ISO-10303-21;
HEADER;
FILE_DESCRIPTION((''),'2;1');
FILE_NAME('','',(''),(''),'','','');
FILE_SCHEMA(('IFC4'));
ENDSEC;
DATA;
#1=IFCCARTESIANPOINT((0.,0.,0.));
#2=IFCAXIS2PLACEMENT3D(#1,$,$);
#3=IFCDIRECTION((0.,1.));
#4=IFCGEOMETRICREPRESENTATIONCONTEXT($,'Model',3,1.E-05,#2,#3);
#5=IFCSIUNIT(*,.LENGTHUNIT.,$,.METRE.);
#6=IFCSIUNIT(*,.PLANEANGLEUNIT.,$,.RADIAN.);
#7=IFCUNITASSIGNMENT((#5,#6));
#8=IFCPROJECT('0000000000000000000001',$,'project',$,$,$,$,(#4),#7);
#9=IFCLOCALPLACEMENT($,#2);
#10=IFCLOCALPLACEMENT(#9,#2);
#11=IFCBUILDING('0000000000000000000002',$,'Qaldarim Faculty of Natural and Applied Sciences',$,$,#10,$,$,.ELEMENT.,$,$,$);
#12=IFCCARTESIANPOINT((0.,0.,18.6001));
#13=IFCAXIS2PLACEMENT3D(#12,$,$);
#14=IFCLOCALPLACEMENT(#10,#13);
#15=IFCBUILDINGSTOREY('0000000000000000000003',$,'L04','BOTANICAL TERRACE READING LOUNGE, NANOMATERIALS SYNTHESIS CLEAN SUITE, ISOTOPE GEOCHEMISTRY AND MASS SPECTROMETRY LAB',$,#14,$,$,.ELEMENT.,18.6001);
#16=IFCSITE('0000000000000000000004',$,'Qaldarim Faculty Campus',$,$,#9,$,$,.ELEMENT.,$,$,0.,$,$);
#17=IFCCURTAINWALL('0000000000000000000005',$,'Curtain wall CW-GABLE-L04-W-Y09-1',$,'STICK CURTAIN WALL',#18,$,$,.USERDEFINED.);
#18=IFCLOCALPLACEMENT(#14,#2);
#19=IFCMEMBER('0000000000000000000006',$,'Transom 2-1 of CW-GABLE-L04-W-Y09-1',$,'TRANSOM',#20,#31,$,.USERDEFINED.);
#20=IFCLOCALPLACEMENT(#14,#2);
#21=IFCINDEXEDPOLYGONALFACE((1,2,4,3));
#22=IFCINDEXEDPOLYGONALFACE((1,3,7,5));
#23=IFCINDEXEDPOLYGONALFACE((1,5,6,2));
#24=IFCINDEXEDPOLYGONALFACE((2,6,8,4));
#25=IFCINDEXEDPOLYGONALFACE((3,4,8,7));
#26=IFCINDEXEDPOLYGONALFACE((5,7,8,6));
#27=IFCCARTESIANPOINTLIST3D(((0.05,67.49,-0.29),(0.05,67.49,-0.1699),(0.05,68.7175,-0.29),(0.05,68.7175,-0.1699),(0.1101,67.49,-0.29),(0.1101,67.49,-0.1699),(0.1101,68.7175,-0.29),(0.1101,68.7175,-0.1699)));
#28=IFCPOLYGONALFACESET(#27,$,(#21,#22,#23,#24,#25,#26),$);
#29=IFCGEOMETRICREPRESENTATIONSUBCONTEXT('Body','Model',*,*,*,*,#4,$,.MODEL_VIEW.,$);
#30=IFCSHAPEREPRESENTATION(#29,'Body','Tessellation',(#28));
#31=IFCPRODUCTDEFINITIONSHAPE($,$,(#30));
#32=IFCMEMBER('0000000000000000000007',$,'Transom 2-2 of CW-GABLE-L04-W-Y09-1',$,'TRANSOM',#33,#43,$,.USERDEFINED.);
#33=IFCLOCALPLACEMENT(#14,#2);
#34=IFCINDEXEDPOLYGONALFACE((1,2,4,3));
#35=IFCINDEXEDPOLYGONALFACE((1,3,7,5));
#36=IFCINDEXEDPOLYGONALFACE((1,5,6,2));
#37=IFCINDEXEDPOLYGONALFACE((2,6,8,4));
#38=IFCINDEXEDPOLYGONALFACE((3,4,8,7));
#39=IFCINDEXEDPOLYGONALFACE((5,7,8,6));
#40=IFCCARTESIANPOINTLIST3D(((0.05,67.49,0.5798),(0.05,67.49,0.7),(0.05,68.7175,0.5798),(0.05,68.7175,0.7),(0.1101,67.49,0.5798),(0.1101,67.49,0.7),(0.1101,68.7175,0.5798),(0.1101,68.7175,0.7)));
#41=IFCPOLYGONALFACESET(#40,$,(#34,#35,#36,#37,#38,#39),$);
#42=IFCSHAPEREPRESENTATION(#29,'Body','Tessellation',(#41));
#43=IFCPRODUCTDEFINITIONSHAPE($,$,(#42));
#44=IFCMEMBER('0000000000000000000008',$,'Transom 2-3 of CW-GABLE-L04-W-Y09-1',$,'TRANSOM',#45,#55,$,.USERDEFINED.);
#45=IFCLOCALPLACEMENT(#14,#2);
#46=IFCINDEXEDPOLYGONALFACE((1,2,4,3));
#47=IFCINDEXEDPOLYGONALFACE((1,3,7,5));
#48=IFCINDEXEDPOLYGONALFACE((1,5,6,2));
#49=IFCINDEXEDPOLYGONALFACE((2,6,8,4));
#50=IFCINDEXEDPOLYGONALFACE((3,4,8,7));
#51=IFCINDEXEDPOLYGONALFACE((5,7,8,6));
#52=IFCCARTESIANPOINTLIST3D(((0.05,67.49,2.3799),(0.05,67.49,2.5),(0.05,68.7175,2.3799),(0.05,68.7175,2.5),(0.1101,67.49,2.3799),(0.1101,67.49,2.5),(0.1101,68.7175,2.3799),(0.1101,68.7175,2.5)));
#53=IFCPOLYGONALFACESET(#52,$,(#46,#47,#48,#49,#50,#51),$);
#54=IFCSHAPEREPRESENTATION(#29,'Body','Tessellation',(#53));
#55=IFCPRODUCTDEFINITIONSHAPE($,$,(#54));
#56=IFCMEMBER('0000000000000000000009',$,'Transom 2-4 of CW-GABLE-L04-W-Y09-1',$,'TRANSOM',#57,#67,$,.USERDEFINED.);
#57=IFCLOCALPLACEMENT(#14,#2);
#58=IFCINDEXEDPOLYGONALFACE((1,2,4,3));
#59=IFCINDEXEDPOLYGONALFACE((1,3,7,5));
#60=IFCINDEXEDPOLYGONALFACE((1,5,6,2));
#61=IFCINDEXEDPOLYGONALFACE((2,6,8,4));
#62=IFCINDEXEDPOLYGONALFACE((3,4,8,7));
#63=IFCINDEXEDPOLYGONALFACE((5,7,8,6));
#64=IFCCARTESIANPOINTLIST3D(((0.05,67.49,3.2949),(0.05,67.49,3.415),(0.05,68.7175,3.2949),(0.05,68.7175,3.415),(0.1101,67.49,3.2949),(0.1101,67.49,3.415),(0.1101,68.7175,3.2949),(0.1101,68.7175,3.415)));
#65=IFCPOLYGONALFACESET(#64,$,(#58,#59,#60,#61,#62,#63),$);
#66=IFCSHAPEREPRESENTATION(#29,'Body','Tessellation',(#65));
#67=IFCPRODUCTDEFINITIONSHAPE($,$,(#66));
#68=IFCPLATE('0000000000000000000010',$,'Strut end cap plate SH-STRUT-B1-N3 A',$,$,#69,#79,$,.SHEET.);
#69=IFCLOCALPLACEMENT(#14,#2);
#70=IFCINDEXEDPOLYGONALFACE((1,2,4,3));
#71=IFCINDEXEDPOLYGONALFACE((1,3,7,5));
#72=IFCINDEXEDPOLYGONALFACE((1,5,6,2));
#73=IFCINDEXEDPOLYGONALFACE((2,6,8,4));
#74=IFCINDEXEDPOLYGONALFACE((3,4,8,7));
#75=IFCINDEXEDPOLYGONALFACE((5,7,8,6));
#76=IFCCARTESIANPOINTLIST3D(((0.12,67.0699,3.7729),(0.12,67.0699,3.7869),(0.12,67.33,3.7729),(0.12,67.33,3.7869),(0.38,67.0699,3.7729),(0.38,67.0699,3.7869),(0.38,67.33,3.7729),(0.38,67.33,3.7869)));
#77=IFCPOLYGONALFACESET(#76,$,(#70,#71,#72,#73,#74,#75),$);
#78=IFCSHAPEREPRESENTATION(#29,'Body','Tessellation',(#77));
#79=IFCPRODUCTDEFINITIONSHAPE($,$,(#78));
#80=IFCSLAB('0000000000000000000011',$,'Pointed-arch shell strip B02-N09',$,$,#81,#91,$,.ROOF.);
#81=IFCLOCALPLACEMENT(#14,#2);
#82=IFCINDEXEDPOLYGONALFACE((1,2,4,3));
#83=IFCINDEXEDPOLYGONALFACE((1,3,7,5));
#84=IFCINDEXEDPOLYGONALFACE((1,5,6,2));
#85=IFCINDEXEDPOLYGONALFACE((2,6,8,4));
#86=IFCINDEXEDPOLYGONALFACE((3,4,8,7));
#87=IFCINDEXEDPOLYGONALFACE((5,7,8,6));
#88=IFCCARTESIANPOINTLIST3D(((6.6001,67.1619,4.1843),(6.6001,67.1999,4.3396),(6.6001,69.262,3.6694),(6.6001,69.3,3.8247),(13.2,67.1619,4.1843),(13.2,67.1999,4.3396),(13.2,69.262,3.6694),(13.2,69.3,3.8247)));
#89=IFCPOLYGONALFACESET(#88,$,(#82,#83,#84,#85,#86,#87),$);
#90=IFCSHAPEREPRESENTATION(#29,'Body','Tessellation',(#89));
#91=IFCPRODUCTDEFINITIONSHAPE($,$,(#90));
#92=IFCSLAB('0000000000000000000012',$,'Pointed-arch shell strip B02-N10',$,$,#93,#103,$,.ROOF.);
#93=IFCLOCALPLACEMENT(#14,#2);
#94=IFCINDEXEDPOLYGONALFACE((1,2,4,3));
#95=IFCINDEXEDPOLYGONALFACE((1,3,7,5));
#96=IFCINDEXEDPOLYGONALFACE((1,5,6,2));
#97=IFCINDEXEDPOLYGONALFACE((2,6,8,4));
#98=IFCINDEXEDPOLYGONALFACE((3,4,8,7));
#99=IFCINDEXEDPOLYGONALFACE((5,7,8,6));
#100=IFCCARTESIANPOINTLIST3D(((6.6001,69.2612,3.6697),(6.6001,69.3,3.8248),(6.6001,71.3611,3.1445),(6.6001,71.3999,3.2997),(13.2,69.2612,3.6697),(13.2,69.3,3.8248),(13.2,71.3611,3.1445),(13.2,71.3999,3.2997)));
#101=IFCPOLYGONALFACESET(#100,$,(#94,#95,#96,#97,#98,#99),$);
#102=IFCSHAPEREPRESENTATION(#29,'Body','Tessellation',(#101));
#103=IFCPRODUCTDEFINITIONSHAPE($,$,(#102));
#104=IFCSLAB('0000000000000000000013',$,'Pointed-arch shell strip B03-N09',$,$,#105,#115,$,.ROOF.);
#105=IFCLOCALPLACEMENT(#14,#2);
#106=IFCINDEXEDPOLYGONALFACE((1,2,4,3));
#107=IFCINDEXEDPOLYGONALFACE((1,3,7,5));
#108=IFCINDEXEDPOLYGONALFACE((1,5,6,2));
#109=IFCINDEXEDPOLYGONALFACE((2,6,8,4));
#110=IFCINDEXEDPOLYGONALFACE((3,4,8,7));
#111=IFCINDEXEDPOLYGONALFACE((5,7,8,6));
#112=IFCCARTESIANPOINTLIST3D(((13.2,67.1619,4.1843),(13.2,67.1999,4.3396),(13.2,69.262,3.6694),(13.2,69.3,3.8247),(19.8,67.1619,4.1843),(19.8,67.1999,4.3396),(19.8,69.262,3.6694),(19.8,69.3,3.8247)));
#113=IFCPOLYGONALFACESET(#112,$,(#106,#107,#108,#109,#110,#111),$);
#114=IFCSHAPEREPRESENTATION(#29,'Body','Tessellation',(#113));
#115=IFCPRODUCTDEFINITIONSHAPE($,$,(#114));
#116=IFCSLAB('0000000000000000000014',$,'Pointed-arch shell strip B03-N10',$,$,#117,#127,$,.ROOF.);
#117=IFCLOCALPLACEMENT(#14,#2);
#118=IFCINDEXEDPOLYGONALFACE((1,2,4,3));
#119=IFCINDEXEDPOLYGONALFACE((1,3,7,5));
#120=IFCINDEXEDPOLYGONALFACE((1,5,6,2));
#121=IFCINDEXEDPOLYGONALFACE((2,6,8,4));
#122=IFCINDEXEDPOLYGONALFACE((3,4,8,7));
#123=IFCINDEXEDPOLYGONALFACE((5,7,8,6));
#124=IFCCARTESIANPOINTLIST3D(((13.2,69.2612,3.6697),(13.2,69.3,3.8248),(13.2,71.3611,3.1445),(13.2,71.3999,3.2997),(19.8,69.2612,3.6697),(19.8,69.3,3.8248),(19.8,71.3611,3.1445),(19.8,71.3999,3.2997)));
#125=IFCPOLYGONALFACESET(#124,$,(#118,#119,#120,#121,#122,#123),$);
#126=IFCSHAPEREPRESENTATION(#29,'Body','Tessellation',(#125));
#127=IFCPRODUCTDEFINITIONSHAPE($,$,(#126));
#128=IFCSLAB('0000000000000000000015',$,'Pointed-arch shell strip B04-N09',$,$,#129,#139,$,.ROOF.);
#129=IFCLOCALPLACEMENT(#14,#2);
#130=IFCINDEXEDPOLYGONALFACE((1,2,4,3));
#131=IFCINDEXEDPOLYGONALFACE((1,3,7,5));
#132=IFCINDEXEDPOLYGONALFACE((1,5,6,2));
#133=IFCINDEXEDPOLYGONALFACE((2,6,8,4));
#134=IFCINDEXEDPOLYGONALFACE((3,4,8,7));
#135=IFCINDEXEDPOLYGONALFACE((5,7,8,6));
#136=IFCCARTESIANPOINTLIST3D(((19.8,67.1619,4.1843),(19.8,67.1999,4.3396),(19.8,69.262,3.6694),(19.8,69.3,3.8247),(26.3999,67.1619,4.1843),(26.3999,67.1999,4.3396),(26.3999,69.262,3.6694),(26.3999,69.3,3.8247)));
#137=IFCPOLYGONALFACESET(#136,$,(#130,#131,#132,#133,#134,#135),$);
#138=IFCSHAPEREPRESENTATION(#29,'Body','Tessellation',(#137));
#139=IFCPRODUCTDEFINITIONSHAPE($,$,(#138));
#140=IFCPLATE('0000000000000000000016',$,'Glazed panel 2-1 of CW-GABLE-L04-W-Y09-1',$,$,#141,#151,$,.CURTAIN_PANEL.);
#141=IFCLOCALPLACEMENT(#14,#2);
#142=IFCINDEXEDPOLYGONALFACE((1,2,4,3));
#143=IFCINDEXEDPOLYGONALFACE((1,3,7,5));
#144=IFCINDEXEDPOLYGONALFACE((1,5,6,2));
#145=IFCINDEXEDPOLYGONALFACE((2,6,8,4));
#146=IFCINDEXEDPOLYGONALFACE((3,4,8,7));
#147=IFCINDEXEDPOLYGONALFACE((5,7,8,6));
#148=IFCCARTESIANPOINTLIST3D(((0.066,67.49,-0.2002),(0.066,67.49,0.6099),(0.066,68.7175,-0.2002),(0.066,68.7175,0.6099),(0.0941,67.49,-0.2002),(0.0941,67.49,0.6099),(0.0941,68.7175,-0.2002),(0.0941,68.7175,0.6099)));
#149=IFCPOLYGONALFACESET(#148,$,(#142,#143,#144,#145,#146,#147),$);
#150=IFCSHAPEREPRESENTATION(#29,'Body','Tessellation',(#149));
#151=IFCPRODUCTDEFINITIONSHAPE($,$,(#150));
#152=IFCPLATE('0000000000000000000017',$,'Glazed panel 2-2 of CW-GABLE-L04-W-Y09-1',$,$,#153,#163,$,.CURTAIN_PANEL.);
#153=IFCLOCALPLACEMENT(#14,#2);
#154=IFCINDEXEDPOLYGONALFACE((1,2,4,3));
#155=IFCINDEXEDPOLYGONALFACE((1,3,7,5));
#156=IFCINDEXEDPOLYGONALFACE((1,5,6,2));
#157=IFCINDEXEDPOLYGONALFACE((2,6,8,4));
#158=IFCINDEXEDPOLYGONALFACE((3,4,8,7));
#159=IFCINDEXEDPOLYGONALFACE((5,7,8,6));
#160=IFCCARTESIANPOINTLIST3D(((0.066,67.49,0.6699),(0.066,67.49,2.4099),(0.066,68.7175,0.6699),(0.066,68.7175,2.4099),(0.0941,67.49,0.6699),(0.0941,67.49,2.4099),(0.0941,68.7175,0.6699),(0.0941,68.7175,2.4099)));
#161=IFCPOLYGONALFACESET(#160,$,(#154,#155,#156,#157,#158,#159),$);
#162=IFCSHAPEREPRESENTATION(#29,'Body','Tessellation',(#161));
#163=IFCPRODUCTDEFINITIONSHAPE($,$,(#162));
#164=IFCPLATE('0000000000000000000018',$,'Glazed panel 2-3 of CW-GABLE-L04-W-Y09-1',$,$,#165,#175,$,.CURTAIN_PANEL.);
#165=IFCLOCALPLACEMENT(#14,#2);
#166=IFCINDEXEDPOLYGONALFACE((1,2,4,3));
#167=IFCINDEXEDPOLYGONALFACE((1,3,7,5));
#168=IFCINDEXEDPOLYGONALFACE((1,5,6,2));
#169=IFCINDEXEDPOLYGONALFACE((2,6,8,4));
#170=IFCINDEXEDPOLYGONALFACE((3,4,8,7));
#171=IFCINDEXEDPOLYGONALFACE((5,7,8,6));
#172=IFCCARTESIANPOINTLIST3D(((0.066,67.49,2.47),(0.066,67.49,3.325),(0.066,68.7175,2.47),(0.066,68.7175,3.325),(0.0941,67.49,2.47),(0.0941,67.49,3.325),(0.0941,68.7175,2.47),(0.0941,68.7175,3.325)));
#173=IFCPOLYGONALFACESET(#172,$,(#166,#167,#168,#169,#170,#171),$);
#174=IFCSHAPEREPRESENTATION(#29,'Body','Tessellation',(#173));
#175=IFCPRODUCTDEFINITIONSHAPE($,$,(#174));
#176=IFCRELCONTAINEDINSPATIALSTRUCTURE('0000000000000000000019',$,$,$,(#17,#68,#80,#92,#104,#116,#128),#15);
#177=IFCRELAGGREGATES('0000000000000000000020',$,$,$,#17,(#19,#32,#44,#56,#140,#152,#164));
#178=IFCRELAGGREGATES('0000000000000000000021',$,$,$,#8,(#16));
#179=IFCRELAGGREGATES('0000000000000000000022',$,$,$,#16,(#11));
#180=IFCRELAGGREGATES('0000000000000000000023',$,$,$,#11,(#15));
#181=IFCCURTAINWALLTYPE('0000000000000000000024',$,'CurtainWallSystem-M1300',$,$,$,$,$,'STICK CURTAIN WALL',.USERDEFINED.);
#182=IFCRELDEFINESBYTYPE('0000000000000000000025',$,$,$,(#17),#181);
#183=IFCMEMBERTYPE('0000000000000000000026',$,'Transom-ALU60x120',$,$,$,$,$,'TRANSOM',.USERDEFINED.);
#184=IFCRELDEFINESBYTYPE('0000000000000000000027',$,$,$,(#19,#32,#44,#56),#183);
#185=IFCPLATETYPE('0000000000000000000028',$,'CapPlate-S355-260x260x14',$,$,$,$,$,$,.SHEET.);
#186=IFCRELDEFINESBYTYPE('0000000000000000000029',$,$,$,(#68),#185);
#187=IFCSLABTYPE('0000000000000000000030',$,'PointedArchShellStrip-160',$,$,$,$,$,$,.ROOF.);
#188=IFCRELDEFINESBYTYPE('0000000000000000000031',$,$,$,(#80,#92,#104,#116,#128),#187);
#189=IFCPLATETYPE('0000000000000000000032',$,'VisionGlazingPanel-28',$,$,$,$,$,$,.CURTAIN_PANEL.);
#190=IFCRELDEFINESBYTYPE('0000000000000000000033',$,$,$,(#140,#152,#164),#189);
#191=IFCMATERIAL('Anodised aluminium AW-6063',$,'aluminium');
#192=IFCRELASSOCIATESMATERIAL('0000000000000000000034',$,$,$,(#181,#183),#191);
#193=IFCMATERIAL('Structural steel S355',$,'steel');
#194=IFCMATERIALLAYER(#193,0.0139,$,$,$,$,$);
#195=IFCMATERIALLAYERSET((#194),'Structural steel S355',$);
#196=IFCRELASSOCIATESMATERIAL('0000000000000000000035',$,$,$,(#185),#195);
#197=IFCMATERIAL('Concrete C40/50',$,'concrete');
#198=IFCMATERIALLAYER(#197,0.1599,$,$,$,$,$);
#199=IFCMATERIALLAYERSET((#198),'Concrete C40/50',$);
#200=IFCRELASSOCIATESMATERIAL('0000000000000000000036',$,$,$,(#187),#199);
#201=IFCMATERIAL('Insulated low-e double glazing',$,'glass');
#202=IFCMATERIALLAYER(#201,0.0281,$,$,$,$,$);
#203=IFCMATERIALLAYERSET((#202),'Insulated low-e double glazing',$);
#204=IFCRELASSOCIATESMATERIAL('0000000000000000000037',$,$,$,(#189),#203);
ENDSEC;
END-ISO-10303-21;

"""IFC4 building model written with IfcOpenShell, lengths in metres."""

from ifc_helpers import new_model, si_unit, direction, frame, origin, origin_2d, place, context, subcontext, project, spatial, polyline, rectangle, outline, extrude, material, layer, layer_set, material_profile, profile_set, type_object, element, aggregate, save


model = new_model("IFC4")

# Units and contexts
model_context = context("Model", 3, precision=1e-05, world=origin(), true_north=direction((0.0, 1.0)))
body_context = subcontext(model_context, "Body", "Model", "MODEL_VIEW")
ifc_project = project(units=[si_unit("LENGTHUNIT", "METRE"), si_unit("PLANEANGLEUNIT", "RADIAN")], contexts=[model_context])

# Site, building, storey
site_placement = place(None, origin())
site = spatial("IfcSite", under=ifc_project, at=site_placement, Name="Qaldarim Faculty Campus", CompositionType="ELEMENT", RefElevation=0.0)
building_placement = place(site_placement, origin())
building = spatial("IfcBuilding", under=site, at=building_placement, Name="Qaldarim Faculty of Natural and Applied Sciences", CompositionType="ELEMENT")
storey_placement = place(building_placement, frame((0.0, 0.0, 18.6001)))
storey = spatial("IfcBuildingStorey", under=building, at=storey_placement, Name="L04", Description="BOTANICAL TERRACE READING LOUNGE, NANOMATERIALS SYNTHESIS CLEAN SUITE, ISOTOPE GEOCHEMISTRY AND MASS SPECTROMETRY LAB", CompositionType="ELEMENT", Elevation=18.6001)

# Shared definitions
ifc_material_1 = material(Name="Anodised aluminium AW-6063", Category="aluminium")
curtain_wall_type = type_object("IfcCurtainWallType", Name="CurtainWallSystem-M1300", ElementType="STICK CURTAIN WALL", PredefinedType="USERDEFINED", material=ifc_material_1)

# Curtain wall
curtain_wall_1_placement = place(storey_placement, origin())
curtain_wall_1 = element("IfcCurtainWall", 1, at=curtain_wall_1_placement, inside=storey, type_object=curtain_wall_type, Name="Curtain wall CW-GABLE-L04-W-Y09-1", ObjectType="STICK CURTAIN WALL", PredefinedType="USERDEFINED")

# Members
ifc_material_2 = material(Name="Structural steel S355", Category="steel")
ifc_material_profile_1 = material_profile(ifc_material_1, rectangle(XDim=0.0601, YDim=0.1201, at=origin_2d()), Name="ALU-T60x120")
ifc_profile_set_1 = profile_set([ifc_material_profile_1], Name="Anodised aluminium AW-6063")
member_type_1 = type_object("IfcMemberType", Name="Transom-ALU60x120", ElementType="TRANSOM", PredefinedType="USERDEFINED", material=ifc_profile_set_1)
member_1_placement = place(storey_placement, frame((0.0801, 68.7175, -0.23), z_axis=(0.0, -1.0, 0.0), x_axis=(1.0, 0.0, 0.0)))
member_1 = element("IfcMember", 2, at=member_1_placement, type_object=member_type_1, Name="Transom 2-1 of CW-GABLE-L04-W-Y09-1", ObjectType="TRANSOM", PredefinedType="USERDEFINED", context=body_context, shape_type="SweptSolid", body=[
    extrude(rectangle(XDim=0.0601, YDim=0.1201, at=origin_2d()), origin(), (0.0, 0.0, 1.0), 1.2275),
])
member_2_placement = place(storey_placement, frame((0.0801, 68.7175, 0.6399), z_axis=(0.0, -1.0, 0.0), x_axis=(1.0, 0.0, 0.0)))
member_2 = element("IfcMember", 3, at=member_2_placement, type_object=member_type_1, Name="Transom 2-2 of CW-GABLE-L04-W-Y09-1", ObjectType="TRANSOM", PredefinedType="USERDEFINED", context=body_context, shape_type="SweptSolid", body=[
    extrude(rectangle(XDim=0.0601, YDim=0.1201, at=origin_2d()), origin(), (0.0, 0.0, 1.0), 1.2275),
])
member_3_placement = place(storey_placement, frame((0.0801, 68.7175, 2.4399), z_axis=(0.0, -1.0, 0.0), x_axis=(1.0, 0.0, 0.0)))
member_3 = element("IfcMember", 4, at=member_3_placement, type_object=member_type_1, Name="Transom 2-3 of CW-GABLE-L04-W-Y09-1", ObjectType="TRANSOM", PredefinedType="USERDEFINED", context=body_context, shape_type="SweptSolid", body=[
    extrude(rectangle(XDim=0.0601, YDim=0.1201, at=origin_2d()), origin(), (0.0, 0.0, 1.0), 1.2275),
])
member_4_placement = place(storey_placement, frame((0.0801, 68.7175, 3.355), z_axis=(0.0, -1.0, 0.0), x_axis=(1.0, 0.0, 0.0)))
member_4 = element("IfcMember", 5, at=member_4_placement, type_object=member_type_1, Name="Transom 2-4 of CW-GABLE-L04-W-Y09-1", ObjectType="TRANSOM", PredefinedType="USERDEFINED", context=body_context, shape_type="SweptSolid", body=[
    extrude(rectangle(XDim=0.0601, YDim=0.1201, at=origin_2d()), origin(), (0.0, 0.0, 1.0), 1.2275),
])

# Plate
ifc_layer_1 = layer(ifc_material_2, 0.0139)
ifc_layer_set_1 = layer_set([ifc_layer_1], Name="Structural steel S355")
plate_type_1 = type_object("IfcPlateType", Name="CapPlate-S355-260x260x14", PredefinedType="SHEET", material=ifc_layer_set_1)
plate_1_placement = place(storey_placement, frame((0.25, 67.2, 3.7729), z_axis=(0.0, 0.0, 1.0), x_axis=(1.0, 0.0, 0.0)))
element("IfcPlate", 6, at=plate_1_placement, inside=storey, type_object=plate_type_1, Name="Strut end cap plate SH-STRUT-B1-N3 A", PredefinedType="SHEET", context=body_context, shape_type="SweptSolid", body=[
    extrude(rectangle(XDim=0.26, YDim=0.26, at=origin_2d()), origin(), (0.0, 0.0, 1.0), 0.0139),
])

# Slabs
ifc_material_3 = material(Name="Concrete C40/50", Category="concrete")
ifc_layer_2 = layer(ifc_material_3, 0.1599)
ifc_layer_set_2 = layer_set([ifc_layer_2], Name="Concrete C40/50")
slab_type = type_object("IfcSlabType", Name="PointedArchShellStrip-160", PredefinedType="ROOF", material=ifc_layer_set_2)
slab_1_placement = place(storey_placement, frame((6.6001, 67.1619, 4.1843), z_axis=(0.0, 0.238123, 0.971235), x_axis=(1.0, 0.0, 0.0)))
element("IfcSlab", 7, at=slab_1_placement, inside=storey, type_object=slab_type, Name="Pointed-arch shell strip B02-N09", PredefinedType="ROOF", context=body_context, shape_type="SweptSolid", body=[
    extrude(outline(polyline([(0.0, 0.0), (6.5999, 0.0), (6.5999, 2.1623), (0.0, 2.1623), (0.0, 0.0)])), origin(), (0.0, 0.0, 1.0), 0.1599),
])
slab_2_placement = place(storey_placement, frame((6.6001, 69.2612, 3.6697), z_axis=(0.0, 0.242615, 0.970123), x_axis=(1.0, 0.0, 0.0)))
element("IfcSlab", 8, at=slab_2_placement, inside=storey, type_object=slab_type, Name="Pointed-arch shell strip B02-N10", PredefinedType="ROOF", context=body_context, shape_type="SweptSolid", body=[
    extrude(outline(polyline([(0.0, 0.0), (6.5999, 0.0), (6.5999, 2.1645), (0.0, 2.1645), (0.0, 0.0)])), origin(), (0.0, 0.0, 1.0), 0.1599),
])
slab_3_placement = place(storey_placement, frame((13.2, 67.1619, 4.1843), z_axis=(0.0, 0.238123, 0.971235), x_axis=(1.0, 0.0, 0.0)))
element("IfcSlab", 9, at=slab_3_placement, inside=storey, type_object=slab_type, Name="Pointed-arch shell strip B03-N09", PredefinedType="ROOF", context=body_context, shape_type="SweptSolid", body=[
    extrude(outline(polyline([(0.0, 0.0), (6.6001, 0.0), (6.6001, 2.1623), (0.0, 2.1623), (0.0, 0.0)])), origin(), (0.0, 0.0, 1.0), 0.1599),
])
slab_4_placement = place(storey_placement, frame((13.2, 69.2612, 3.6697), z_axis=(0.0, 0.242615, 0.970123), x_axis=(1.0, 0.0, 0.0)))
element("IfcSlab", 10, at=slab_4_placement, inside=storey, type_object=slab_type, Name="Pointed-arch shell strip B03-N10", PredefinedType="ROOF", context=body_context, shape_type="SweptSolid", body=[
    extrude(outline(polyline([(0.0, 0.0), (6.6001, 0.0), (6.6001, 2.1645), (0.0, 2.1645), (0.0, 0.0)])), origin(), (0.0, 0.0, 1.0), 0.1599),
])
slab_5_placement = place(storey_placement, frame((19.8, 67.1619, 4.1843), z_axis=(0.0, 0.238123, 0.971235), x_axis=(1.0, 0.0, 0.0)))
element("IfcSlab", 11, at=slab_5_placement, inside=storey, type_object=slab_type, Name="Pointed-arch shell strip B04-N09", PredefinedType="ROOF", context=body_context, shape_type="SweptSolid", body=[
    extrude(outline(polyline([(0.0, 0.0), (6.5999, 0.0), (6.5999, 2.1623), (0.0, 2.1623), (0.0, 0.0)])), origin(), (0.0, 0.0, 1.0), 0.1599),
])

# Plates
ifc_material_4 = material(Name="Insulated low-e double glazing", Category="glass")
ifc_layer_3 = layer(ifc_material_4, 0.0281)
ifc_layer_set_3 = layer_set([ifc_layer_3], Name="Insulated low-e double glazing")
plate_type_2 = type_object("IfcPlateType", Name="VisionGlazingPanel-28", PredefinedType="CURTAIN_PANEL", material=ifc_layer_set_3)
plate_2_placement = place(storey_placement, frame((0.0801, 68.1038, -0.2002), z_axis=(0.0, 0.0, 1.0), x_axis=(0.0, -1.0, 0.0)))
plate_2 = element("IfcPlate", 12, at=plate_2_placement, type_object=plate_type_2, Name="Glazed panel 2-1 of CW-GABLE-L04-W-Y09-1", PredefinedType="CURTAIN_PANEL", context=body_context, shape_type="SweptSolid", body=[
    extrude(rectangle(XDim=1.2275, YDim=0.0281, at=origin_2d()), origin(), (0.0, 0.0, 1.0), 0.8101),
])
plate_3_placement = place(storey_placement, frame((0.0801, 68.1038, 0.6699), z_axis=(0.0, 0.0, 1.0), x_axis=(0.0, -1.0, 0.0)))
plate_3 = element("IfcPlate", 13, at=plate_3_placement, type_object=plate_type_2, Name="Glazed panel 2-2 of CW-GABLE-L04-W-Y09-1", PredefinedType="CURTAIN_PANEL", context=body_context, shape_type="SweptSolid", body=[
    extrude(rectangle(XDim=1.2275, YDim=0.0281, at=origin_2d()), origin(), (0.0, 0.0, 1.0), 1.74),
])
plate_4_placement = place(storey_placement, frame((0.0801, 68.1038, 2.47), z_axis=(0.0, 0.0, 1.0), x_axis=(0.0, -1.0, 0.0)))
plate_4 = element("IfcPlate", 14, at=plate_4_placement, type_object=plate_type_2, Name="Glazed panel 2-3 of CW-GABLE-L04-W-Y09-1", PredefinedType="CURTAIN_PANEL", context=body_context, shape_type="SweptSolid", body=[
    extrude(rectangle(XDim=1.2275, YDim=0.0281, at=origin_2d()), origin(), (0.0, 0.0, 1.0), 0.855),
])
aggregate(curtain_wall_1, [member_1, member_2, member_3, member_4, plate_2, plate_3, plate_4])

save(model, "model.ifc")
